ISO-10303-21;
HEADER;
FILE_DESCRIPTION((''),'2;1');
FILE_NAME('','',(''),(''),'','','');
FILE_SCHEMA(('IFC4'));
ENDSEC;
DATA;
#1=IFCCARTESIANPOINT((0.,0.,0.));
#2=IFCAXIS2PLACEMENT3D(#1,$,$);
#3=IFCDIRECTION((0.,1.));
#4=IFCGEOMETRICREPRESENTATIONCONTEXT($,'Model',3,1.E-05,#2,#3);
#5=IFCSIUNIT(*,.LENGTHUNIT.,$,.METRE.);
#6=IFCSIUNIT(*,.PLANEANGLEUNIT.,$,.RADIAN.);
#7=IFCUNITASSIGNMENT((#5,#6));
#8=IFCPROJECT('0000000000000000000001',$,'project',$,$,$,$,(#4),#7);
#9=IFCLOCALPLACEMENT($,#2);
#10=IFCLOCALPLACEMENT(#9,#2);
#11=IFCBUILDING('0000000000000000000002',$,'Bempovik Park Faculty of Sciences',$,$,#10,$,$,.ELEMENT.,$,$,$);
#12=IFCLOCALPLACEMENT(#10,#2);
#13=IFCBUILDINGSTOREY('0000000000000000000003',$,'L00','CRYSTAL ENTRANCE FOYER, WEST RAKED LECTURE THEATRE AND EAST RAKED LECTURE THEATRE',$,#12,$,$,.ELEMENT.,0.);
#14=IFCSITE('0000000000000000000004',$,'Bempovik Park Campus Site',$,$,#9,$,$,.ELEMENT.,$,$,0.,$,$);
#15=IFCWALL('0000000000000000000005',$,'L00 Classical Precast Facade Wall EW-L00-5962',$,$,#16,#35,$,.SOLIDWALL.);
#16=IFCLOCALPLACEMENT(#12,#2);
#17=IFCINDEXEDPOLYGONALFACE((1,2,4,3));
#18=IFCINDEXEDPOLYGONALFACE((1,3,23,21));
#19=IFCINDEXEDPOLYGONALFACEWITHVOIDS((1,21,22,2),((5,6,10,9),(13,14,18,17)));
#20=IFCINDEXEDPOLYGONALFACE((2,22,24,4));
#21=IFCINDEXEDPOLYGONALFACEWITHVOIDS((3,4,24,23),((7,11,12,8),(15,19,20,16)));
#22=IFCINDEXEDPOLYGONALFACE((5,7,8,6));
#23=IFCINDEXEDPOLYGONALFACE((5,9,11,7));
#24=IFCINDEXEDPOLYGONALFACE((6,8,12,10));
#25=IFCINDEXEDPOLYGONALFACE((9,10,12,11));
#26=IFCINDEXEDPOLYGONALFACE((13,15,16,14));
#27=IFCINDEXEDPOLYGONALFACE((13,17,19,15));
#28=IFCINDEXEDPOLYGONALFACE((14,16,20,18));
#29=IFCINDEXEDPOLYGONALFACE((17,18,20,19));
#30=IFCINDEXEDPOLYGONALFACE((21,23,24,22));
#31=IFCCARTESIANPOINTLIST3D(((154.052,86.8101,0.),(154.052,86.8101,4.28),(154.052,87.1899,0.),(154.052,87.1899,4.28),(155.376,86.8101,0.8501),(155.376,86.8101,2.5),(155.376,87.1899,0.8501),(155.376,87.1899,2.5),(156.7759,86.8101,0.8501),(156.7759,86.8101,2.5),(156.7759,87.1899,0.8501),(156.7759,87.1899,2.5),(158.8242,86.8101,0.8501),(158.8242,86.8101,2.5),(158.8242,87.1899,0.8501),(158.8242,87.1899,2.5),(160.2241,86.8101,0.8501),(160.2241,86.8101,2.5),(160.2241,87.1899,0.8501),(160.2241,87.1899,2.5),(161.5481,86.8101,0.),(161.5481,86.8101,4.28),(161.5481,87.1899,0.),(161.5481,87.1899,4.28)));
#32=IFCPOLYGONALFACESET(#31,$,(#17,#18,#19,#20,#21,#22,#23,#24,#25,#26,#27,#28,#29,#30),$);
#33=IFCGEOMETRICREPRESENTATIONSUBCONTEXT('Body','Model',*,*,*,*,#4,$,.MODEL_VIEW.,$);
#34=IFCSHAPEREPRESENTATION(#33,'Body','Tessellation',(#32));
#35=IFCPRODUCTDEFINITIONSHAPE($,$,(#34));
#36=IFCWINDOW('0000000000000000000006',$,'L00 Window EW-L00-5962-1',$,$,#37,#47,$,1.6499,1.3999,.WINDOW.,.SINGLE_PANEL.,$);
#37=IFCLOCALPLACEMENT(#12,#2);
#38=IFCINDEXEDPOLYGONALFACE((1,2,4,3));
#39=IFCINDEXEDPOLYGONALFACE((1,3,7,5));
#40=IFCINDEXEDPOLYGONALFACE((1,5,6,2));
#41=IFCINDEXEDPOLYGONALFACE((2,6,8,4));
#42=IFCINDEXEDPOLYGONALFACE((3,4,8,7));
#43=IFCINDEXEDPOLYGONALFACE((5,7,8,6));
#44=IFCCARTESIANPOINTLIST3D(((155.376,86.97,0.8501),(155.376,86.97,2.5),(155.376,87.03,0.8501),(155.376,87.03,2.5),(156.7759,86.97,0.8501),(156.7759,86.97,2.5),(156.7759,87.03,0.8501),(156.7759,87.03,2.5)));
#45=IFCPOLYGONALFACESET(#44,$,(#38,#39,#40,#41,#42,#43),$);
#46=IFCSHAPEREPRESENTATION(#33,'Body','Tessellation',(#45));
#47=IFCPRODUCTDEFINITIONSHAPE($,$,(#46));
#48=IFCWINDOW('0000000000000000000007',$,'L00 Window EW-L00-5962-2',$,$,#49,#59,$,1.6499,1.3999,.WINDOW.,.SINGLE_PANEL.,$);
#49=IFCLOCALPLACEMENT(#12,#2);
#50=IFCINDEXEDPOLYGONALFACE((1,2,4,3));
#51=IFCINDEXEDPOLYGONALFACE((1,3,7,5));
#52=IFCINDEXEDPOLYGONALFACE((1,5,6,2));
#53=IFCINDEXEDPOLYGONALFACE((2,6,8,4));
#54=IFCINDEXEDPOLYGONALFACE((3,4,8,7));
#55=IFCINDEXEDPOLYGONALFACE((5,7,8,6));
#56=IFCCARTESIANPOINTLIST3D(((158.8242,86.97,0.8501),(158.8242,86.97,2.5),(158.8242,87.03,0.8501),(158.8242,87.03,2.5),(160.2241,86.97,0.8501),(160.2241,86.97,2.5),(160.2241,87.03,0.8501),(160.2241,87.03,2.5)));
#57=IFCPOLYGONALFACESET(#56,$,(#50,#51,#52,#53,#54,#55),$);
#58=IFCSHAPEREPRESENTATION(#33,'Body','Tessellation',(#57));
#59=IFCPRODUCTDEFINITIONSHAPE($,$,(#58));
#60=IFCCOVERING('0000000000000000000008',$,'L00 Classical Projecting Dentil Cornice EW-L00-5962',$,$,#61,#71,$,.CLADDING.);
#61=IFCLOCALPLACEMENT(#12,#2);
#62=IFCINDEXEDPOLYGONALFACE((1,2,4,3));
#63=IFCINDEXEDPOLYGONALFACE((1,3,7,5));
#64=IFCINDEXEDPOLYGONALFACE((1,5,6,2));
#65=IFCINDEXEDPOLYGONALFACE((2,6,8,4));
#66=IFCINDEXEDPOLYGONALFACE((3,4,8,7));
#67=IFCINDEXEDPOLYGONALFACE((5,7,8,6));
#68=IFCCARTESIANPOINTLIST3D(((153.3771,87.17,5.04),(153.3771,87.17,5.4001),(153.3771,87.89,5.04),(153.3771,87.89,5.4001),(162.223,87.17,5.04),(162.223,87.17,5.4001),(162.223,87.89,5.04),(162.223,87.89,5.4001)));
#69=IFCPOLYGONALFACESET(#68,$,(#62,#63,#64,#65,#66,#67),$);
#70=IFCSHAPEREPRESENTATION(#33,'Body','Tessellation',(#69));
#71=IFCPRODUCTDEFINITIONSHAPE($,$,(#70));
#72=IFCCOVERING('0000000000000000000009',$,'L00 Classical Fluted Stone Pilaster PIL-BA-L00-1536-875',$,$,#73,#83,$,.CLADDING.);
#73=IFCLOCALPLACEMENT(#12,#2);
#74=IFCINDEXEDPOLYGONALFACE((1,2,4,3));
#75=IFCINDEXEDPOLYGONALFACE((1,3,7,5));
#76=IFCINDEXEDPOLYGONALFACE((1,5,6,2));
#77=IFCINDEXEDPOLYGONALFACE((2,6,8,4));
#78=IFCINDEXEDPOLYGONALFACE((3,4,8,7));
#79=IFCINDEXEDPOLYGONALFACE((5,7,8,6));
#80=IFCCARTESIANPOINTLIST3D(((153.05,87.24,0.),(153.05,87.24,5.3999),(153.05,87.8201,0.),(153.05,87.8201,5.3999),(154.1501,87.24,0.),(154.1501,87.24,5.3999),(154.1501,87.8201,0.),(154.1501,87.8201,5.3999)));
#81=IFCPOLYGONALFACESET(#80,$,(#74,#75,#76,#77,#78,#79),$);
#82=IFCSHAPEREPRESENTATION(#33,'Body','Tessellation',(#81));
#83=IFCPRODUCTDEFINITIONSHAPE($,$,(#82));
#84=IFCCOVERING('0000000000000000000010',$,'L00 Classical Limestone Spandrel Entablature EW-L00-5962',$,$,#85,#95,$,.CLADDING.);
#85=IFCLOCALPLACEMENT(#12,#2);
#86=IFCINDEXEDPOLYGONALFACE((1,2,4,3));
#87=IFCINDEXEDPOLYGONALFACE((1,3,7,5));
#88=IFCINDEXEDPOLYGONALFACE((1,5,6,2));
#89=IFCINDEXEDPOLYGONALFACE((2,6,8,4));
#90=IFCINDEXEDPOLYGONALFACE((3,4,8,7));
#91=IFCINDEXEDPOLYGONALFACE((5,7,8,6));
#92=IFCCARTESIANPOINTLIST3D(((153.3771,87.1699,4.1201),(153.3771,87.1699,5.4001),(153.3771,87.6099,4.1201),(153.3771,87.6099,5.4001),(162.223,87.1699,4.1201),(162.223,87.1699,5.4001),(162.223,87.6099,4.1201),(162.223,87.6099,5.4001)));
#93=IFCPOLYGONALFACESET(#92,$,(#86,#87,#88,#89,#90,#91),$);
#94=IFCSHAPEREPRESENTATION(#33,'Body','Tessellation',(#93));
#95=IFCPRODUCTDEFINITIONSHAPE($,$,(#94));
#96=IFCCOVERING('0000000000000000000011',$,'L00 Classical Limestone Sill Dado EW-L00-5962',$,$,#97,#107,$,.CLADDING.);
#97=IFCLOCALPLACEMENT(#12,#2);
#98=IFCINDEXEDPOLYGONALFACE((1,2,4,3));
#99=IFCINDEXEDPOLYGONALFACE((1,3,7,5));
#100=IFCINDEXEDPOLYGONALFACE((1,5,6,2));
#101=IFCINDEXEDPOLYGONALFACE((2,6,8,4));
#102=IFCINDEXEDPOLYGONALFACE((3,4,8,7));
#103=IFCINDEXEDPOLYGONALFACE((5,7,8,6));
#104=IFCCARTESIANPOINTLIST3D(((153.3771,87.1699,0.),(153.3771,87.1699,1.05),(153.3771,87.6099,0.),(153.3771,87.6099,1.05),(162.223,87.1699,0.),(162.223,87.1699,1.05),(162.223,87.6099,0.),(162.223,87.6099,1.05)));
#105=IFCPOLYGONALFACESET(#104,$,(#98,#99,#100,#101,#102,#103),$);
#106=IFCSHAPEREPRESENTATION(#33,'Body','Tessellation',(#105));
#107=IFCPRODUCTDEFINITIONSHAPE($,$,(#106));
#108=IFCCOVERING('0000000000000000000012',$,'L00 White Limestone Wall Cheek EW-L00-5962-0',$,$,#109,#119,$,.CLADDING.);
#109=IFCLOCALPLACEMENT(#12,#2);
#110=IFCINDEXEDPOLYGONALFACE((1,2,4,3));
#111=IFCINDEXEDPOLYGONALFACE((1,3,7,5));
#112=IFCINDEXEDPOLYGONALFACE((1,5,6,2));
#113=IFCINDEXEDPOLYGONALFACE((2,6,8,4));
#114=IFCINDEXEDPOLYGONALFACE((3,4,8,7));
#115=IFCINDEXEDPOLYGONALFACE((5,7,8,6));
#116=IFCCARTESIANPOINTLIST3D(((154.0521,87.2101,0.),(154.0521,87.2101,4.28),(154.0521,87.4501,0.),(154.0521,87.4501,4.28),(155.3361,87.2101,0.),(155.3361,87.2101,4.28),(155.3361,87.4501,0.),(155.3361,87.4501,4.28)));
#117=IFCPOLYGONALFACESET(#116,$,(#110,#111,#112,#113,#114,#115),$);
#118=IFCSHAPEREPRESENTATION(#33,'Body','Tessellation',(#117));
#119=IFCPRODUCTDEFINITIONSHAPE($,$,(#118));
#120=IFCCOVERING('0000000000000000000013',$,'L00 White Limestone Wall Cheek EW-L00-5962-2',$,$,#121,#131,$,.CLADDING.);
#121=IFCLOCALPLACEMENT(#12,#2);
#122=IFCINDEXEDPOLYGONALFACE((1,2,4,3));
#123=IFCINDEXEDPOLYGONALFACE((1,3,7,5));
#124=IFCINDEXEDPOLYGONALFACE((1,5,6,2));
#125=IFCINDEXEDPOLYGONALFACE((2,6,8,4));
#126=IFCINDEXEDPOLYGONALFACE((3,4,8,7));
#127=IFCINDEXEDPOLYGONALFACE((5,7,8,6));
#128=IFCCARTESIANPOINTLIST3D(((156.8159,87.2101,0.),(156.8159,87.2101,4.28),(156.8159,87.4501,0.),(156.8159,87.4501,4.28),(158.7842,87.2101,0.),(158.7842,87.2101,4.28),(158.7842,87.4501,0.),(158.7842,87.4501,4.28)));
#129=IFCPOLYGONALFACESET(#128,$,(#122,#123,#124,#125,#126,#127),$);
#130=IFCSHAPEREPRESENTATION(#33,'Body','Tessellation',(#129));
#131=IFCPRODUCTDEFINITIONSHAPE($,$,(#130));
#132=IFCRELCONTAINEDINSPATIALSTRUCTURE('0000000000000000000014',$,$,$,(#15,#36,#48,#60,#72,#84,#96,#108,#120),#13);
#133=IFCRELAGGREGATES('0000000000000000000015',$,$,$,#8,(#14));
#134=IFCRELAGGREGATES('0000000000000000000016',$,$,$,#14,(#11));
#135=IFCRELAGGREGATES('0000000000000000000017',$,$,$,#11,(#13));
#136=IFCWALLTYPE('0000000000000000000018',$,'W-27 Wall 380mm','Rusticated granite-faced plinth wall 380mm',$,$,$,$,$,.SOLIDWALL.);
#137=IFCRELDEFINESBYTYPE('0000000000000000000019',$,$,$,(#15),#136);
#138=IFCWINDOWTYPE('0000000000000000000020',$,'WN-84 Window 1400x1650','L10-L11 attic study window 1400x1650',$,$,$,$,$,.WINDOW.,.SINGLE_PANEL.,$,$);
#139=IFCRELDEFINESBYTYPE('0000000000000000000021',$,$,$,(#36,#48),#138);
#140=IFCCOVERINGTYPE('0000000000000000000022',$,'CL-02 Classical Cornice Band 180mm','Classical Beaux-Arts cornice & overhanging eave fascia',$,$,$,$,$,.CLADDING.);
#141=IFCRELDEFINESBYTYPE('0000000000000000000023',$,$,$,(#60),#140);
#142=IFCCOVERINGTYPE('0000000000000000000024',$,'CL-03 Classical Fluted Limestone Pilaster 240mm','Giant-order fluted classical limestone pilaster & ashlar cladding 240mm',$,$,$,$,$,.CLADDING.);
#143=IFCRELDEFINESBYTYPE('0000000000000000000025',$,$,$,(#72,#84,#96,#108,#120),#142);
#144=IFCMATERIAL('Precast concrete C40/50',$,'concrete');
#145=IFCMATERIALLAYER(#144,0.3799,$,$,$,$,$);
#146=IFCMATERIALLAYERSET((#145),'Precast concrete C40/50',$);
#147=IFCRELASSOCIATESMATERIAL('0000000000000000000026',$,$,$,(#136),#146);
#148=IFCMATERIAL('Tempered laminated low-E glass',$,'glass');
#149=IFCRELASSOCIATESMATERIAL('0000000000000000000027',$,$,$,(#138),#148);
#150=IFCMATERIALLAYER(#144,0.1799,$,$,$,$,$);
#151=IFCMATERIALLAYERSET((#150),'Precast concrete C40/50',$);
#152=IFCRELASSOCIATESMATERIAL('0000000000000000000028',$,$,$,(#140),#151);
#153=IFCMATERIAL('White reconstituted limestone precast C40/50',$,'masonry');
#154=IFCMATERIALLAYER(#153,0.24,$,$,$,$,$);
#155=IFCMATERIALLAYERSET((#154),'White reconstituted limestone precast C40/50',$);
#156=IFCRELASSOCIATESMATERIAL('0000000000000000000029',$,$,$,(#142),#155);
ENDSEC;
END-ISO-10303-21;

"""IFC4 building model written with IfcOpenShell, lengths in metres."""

from ifc_helpers import new_model, si_unit, direction, frame, frame_2d, origin, origin_2d, place, context, subcontext, project, spatial, rectangle, extrude, material, layer, layer_set, type_object, element, fill, save


model = new_model("IFC4")

# Units and contexts
model_context = context("Model", 3, precision=1e-05, world=origin(), true_north=direction((0.0, 1.0)))
body_context = subcontext(model_context, "Body", "Model", "MODEL_VIEW")
ifc_project = project(units=[si_unit("LENGTHUNIT", "METRE"), si_unit("PLANEANGLEUNIT", "RADIAN")], contexts=[model_context])

# Site, building, storey
site_placement = place(None, origin())
site = spatial("IfcSite", under=ifc_project, at=site_placement, Name="Bempovik Park Campus Site", CompositionType="ELEMENT", RefElevation=0.0)
building_placement = place(site_placement, origin())
building = spatial("IfcBuilding", under=site, at=building_placement, Name="Bempovik Park Faculty of Sciences", CompositionType="ELEMENT")
storey_placement = place(building_placement, origin())
storey = spatial("IfcBuildingStorey", under=building, at=storey_placement, Name="L00", Description="CRYSTAL ENTRANCE FOYER, WEST RAKED LECTURE THEATRE AND EAST RAKED LECTURE THEATRE", CompositionType="ELEMENT", Elevation=0.0)

# Wall, openings, windows
ifc_material_1 = material(Name="Precast concrete C40/50", Category="concrete")
ifc_layer_1 = layer(ifc_material_1, 0.3799)
ifc_layer_set_1 = layer_set([ifc_layer_1], Name="Precast concrete C40/50")
wall_type = type_object("IfcWallType", Name="W-27 Wall 380mm", Description="Rusticated granite-faced plinth wall 380mm", PredefinedType="SOLIDWALL", material=ifc_layer_set_1)
wall_placement = place(storey_placement, frame((154.052, 87.0, 0.0), z_axis=(0.0, 0.0, 1.0), x_axis=(1.0, 0.0, 0.0)))
wall = element("IfcWall", 1, at=wall_placement, inside=storey, type_object=wall_type, Name="L00 Classical Precast Facade Wall EW-L00-5962", PredefinedType="SOLIDWALL", context=body_context, shape_type="SweptSolid", body=[
    extrude(rectangle(XDim=7.4961, YDim=0.3799, at=frame_2d((3.748, 0.0))), origin(), (0.0, 0.0, 1.0), 4.28),
])
opening_1_placement = place(wall_placement, frame((1.324, 0.0, 0.8501)))
opening_1 = element("IfcOpeningElement", 2, at=opening_1_placement, cuts=wall, PredefinedType="OPENING", context=body_context, shape_type="SweptSolid", body=[
    extrude(rectangle(XDim=1.3999, YDim=1.6499, at=frame_2d((0.7, 0.825))), frame((0.0, 0.2, 0.0), z_axis=(0.0, -1.0, 0.0), x_axis=(1.0, 0.0, 0.0)), (0.0, 0.0, 1.0), 0.3999),
])
opening_2_placement = place(wall_placement, frame((4.7722, 0.0, 0.8501)))
opening_2 = element("IfcOpeningElement", 3, at=opening_2_placement, cuts=wall, PredefinedType="OPENING", context=body_context, shape_type="SweptSolid", body=[
    extrude(rectangle(XDim=1.3999, YDim=1.6499, at=frame_2d((0.7, 0.825))), frame((0.0, 0.2, 0.0), z_axis=(0.0, -1.0, 0.0), x_axis=(1.0, 0.0, 0.0)), (0.0, 0.0, 1.0), 0.3999),
])
ifc_material_2 = material(Name="Tempered laminated low-E glass", Category="glass")
window_type = type_object("IfcWindowType", Name="WN-84 Window 1400x1650", Description="L10-L11 attic study window 1400x1650", PartitioningType="SINGLE_PANEL", PredefinedType="WINDOW", material=ifc_material_2)
window_1_placement = place(opening_1_placement, origin())
window_1 = element("IfcWindow", 4, at=window_1_placement, inside=storey, type_object=window_type, Name="L00 Window EW-L00-5962-1", OverallHeight=1.6499, OverallWidth=1.3999, PartitioningType="SINGLE_PANEL", PredefinedType="WINDOW", context=body_context, shape_type="SweptSolid", body=[
    extrude(rectangle(XDim=1.3999, YDim=1.6499, at=frame_2d((0.7, 0.825))), frame((0.0, 0.03, 0.0), z_axis=(0.0, -1.0, 0.0), x_axis=(1.0, 0.0, 0.0)), (0.0, 0.0, 1.0), 0.0601),
])
fill(opening_1, window_1)
window_2_placement = place(opening_2_placement, origin())
window_2 = element("IfcWindow", 5, at=window_2_placement, inside=storey, type_object=window_type, Name="L00 Window EW-L00-5962-2", OverallHeight=1.6499, OverallWidth=1.3999, PartitioningType="SINGLE_PANEL", PredefinedType="WINDOW", context=body_context, shape_type="SweptSolid", body=[
    extrude(rectangle(XDim=1.3999, YDim=1.6499, at=frame_2d((0.7, 0.825))), frame((0.0, 0.03, 0.0), z_axis=(0.0, -1.0, 0.0), x_axis=(1.0, 0.0, 0.0)), (0.0, 0.0, 1.0), 0.0601),
])
fill(opening_2, window_2)

# Coverings
ifc_layer_2 = layer(ifc_material_1, 0.1799)
ifc_layer_set_2 = layer_set([ifc_layer_2], Name="Precast concrete C40/50")
covering_type_1 = type_object("IfcCoveringType", Name="CL-02 Classical Cornice Band 180mm", Description="Classical Beaux-Arts cornice & overhanging eave fascia", PredefinedType="CLADDING", material=ifc_layer_set_2)
covering_1_placement = place(storey_placement, frame((157.8, 87.53, 5.04), z_axis=(0.0, 0.0, 1.0), x_axis=(1.0, 0.0, 0.0)))
element("IfcCovering", 6, at=covering_1_placement, inside=storey, type_object=covering_type_1, Name="L00 Classical Projecting Dentil Cornice EW-L00-5962", PredefinedType="CLADDING", context=body_context, shape_type="SweptSolid", body=[
    extrude(rectangle(XDim=8.8459, YDim=0.72, at=origin_2d()), origin(), (0.0, 0.0, 1.0), 0.3601),
])
ifc_material_3 = material(Name="White reconstituted limestone precast C40/50", Category="masonry")
ifc_layer_3 = layer(ifc_material_3, 0.24)
ifc_layer_set_3 = layer_set([ifc_layer_3], Name="White reconstituted limestone precast C40/50")
covering_type_2 = type_object("IfcCoveringType", Name="CL-03 Classical Fluted Limestone Pilaster 240mm", Description="Giant-order fluted classical limestone pilaster & ashlar cladding 240mm", PredefinedType="CLADDING", material=ifc_layer_set_3)
covering_2_placement = place(storey_placement, frame((153.6001, 87.53, 0.0), z_axis=(0.0, 0.0, 1.0), x_axis=(1.0, 0.0, 0.0)))
element("IfcCovering", 7, at=covering_2_placement, inside=storey, type_object=covering_type_2, Name="L00 Classical Fluted Stone Pilaster PIL-BA-L00-1536-875", PredefinedType="CLADDING", context=body_context, shape_type="SweptSolid", body=[
    extrude(rectangle(XDim=1.1001, YDim=0.5801, at=origin_2d()), origin(), (0.0, 0.0, 1.0), 5.3999),
])
covering_3_placement = place(storey_placement, frame((157.8, 87.3899, 4.1201), z_axis=(0.0, 0.0, 1.0), x_axis=(1.0, 0.0, 0.0)))
element("IfcCovering", 8, at=covering_3_placement, inside=storey, type_object=covering_type_2, Name="L00 Classical Limestone Spandrel Entablature EW-L00-5962", PredefinedType="CLADDING", context=body_context, shape_type="SweptSolid", body=[
    extrude(rectangle(XDim=8.8459, YDim=0.4399, at=origin_2d()), origin(), (0.0, 0.0, 1.0), 1.28),
])
covering_4_placement = place(storey_placement, frame((157.8, 87.3899, 0.0), z_axis=(0.0, 0.0, 1.0), x_axis=(1.0, 0.0, 0.0)))
element("IfcCovering", 9, at=covering_4_placement, inside=storey, type_object=covering_type_2, Name="L00 Classical Limestone Sill Dado EW-L00-5962", PredefinedType="CLADDING", context=body_context, shape_type="SweptSolid", body=[
    extrude(rectangle(XDim=8.8459, YDim=0.4399, at=origin_2d()), origin(), (0.0, 0.0, 1.0), 1.05),
])
covering_5_placement = place(storey_placement, frame((154.6941, 87.3301, 0.0), z_axis=(0.0, 0.0, 1.0), x_axis=(1.0, 0.0, 0.0)))
element("IfcCovering", 10, at=covering_5_placement, inside=storey, type_object=covering_type_2, Name="L00 White Limestone Wall Cheek EW-L00-5962-0", PredefinedType="CLADDING", context=body_context, shape_type="SweptSolid", body=[
    extrude(rectangle(XDim=1.2839, YDim=0.24, at=origin_2d()), origin(), (0.0, 0.0, 1.0), 4.28),
])
covering_6_placement = place(storey_placement, frame((157.8, 87.3301, 0.0), z_axis=(0.0, 0.0, 1.0), x_axis=(1.0, 0.0, 0.0)))
element("IfcCovering", 11, at=covering_6_placement, inside=storey, type_object=covering_type_2, Name="L00 White Limestone Wall Cheek EW-L00-5962-2", PredefinedType="CLADDING", context=body_context, shape_type="SweptSolid", body=[
    extrude(rectangle(XDim=1.9683, YDim=0.24, at=origin_2d()), origin(), (0.0, 0.0, 1.0), 4.28),
])

save(model, "model.ifc")
